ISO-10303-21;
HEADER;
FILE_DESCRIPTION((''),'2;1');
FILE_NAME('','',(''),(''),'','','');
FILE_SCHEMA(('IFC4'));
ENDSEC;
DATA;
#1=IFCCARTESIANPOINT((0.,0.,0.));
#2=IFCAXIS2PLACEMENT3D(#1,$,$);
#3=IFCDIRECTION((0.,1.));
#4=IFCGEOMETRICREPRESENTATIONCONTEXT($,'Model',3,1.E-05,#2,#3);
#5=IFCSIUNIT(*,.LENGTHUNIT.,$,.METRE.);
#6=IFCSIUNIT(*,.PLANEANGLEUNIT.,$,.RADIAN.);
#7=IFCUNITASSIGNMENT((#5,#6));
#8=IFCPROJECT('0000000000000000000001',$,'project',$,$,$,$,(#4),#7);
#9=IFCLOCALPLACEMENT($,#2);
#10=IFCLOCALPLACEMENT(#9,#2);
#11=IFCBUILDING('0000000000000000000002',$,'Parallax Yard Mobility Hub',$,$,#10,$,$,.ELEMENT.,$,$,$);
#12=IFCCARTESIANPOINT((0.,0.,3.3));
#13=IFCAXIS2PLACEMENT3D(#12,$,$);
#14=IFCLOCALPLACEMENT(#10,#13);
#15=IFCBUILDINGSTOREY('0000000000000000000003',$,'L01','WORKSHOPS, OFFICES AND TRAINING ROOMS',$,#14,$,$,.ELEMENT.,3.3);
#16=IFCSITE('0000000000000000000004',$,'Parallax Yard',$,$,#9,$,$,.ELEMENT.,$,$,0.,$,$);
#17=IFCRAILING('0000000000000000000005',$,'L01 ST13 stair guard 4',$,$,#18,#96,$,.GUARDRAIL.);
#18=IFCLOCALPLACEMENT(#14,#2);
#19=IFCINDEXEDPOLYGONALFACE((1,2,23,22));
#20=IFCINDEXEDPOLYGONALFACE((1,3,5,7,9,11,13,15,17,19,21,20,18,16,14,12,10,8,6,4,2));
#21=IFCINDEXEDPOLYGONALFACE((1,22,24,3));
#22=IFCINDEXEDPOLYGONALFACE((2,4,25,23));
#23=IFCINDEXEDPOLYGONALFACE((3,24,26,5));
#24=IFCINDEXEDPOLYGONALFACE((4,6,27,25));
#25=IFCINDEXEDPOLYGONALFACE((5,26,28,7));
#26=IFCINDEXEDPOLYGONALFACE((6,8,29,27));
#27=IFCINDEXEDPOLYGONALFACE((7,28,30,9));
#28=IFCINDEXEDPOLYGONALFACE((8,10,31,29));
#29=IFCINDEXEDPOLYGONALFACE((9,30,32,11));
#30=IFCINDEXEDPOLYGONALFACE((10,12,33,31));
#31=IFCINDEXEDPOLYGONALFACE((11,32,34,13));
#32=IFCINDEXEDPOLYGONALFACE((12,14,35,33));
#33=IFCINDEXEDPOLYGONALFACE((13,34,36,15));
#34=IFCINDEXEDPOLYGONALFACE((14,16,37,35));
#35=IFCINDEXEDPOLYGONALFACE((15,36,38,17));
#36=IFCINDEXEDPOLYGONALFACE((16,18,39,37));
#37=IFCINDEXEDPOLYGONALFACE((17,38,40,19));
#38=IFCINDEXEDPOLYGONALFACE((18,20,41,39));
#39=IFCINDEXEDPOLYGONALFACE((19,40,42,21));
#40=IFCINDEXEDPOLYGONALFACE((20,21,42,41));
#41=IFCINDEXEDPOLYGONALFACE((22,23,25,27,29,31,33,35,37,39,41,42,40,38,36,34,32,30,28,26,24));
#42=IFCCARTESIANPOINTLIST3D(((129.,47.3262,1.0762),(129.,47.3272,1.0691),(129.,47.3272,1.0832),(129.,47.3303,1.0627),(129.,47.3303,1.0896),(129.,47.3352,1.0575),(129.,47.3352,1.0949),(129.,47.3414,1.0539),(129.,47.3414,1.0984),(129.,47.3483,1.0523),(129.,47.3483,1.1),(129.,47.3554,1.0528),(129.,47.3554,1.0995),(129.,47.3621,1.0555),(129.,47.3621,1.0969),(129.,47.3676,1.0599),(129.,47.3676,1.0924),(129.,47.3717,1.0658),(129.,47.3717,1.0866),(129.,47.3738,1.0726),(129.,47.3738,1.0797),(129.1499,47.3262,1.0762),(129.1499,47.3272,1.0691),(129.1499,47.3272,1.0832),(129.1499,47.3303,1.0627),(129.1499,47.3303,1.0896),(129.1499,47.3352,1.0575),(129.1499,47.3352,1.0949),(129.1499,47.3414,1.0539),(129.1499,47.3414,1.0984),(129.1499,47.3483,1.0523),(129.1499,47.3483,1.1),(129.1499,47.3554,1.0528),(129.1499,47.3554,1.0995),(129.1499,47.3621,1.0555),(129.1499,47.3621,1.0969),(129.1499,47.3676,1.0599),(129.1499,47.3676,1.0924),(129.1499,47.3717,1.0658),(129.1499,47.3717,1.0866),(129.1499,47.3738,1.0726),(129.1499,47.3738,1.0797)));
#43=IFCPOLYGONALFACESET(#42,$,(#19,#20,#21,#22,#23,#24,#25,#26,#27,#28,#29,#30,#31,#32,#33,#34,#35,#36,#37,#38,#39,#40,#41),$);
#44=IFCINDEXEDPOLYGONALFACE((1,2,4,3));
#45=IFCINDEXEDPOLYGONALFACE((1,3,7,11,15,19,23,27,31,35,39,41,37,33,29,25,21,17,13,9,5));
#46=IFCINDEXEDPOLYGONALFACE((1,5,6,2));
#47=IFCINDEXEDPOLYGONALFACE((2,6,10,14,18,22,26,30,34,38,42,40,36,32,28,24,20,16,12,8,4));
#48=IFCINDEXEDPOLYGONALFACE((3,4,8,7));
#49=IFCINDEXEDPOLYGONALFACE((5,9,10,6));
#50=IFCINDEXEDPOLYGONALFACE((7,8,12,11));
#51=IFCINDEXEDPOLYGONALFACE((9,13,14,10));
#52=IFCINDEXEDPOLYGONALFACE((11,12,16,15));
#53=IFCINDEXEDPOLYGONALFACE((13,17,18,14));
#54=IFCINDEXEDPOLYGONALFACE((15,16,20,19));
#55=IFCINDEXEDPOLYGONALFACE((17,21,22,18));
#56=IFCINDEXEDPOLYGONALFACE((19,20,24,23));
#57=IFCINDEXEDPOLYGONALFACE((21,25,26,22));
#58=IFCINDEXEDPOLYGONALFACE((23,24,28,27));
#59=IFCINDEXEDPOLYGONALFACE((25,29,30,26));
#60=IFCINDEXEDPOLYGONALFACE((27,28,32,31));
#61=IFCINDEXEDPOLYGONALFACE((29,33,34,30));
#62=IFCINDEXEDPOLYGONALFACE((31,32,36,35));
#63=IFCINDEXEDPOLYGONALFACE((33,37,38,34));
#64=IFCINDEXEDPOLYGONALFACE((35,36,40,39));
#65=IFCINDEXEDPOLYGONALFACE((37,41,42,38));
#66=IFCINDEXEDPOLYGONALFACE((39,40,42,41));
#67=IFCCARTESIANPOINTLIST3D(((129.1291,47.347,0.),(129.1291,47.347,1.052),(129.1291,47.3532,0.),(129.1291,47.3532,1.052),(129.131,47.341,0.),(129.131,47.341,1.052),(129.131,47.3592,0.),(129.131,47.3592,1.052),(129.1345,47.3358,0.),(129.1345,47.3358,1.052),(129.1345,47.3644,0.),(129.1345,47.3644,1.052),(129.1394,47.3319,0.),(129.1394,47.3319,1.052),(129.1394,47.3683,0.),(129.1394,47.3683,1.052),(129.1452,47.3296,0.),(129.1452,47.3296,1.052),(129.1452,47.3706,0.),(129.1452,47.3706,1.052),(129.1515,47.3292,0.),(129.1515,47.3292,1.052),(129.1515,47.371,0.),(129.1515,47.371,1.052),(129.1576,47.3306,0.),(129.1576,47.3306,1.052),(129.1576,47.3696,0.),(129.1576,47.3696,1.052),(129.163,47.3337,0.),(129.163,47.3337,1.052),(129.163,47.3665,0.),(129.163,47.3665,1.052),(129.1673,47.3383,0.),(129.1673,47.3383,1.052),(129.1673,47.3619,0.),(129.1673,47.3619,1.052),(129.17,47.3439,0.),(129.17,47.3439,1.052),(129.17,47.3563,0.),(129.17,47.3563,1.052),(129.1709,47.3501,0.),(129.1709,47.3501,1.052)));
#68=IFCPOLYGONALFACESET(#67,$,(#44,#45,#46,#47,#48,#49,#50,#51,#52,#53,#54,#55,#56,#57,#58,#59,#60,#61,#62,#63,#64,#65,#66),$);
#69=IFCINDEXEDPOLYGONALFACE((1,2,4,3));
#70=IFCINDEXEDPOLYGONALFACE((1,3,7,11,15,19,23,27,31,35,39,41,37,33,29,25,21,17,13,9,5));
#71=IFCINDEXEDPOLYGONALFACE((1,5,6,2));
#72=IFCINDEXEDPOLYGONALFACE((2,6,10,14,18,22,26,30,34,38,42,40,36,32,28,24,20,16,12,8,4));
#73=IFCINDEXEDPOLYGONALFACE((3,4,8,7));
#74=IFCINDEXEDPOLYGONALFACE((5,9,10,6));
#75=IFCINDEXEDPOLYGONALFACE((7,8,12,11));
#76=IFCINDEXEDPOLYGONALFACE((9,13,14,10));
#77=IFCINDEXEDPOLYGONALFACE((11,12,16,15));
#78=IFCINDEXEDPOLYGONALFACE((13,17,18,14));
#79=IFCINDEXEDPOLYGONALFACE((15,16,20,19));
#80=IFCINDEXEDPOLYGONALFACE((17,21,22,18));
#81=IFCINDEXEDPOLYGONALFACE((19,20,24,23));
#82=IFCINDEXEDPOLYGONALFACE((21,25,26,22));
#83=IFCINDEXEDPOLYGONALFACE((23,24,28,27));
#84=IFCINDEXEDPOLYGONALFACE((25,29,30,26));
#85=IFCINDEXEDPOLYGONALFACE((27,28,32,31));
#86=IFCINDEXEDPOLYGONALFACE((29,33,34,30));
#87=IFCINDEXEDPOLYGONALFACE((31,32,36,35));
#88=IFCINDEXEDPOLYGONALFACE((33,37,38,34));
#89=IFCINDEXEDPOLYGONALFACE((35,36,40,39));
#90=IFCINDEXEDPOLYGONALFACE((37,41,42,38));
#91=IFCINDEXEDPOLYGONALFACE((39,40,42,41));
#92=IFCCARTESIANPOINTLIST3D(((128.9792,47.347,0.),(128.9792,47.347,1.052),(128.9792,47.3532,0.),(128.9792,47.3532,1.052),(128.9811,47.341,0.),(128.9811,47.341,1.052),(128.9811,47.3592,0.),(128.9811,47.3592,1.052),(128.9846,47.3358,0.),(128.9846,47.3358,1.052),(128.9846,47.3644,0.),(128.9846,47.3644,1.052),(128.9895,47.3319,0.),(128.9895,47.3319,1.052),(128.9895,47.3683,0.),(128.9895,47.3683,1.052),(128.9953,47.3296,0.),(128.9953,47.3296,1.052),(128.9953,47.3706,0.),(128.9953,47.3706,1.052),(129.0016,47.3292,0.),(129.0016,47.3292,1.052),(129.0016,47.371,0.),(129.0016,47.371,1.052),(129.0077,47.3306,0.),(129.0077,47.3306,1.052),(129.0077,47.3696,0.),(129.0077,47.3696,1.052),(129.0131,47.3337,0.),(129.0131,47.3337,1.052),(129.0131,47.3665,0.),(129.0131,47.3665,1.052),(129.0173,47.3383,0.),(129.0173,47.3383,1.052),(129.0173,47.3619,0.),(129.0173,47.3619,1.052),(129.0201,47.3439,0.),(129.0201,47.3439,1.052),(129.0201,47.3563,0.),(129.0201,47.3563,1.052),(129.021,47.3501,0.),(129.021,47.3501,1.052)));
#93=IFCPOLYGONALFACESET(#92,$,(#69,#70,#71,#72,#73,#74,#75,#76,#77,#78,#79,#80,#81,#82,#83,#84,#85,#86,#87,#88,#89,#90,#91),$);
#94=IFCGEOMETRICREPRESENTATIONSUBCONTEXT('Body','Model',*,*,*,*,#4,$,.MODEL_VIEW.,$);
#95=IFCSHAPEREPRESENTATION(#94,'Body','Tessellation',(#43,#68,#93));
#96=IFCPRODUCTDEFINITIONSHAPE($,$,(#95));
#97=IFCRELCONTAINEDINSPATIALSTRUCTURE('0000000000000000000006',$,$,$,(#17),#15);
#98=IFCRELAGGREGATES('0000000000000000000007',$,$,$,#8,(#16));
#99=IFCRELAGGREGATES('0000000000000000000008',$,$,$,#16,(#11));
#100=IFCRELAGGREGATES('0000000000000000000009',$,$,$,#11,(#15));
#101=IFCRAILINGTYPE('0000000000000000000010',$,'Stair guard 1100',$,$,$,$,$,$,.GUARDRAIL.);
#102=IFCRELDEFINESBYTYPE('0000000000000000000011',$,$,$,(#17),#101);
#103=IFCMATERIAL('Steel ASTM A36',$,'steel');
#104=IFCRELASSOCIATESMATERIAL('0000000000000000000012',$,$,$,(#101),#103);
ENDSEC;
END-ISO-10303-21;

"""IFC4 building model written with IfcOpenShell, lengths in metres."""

from ifc_helpers import new_model, si_unit, direction, frame, origin, origin_2d, place, context, subcontext, project, spatial, circle, extrude, material, type_object, element, save


model = new_model("IFC4")

# Units and contexts
model_context = context("Model", 3, precision=1e-05, world=origin(), true_north=direction((0.0, 1.0)))
body_context = subcontext(model_context, "Body", "Model", "MODEL_VIEW")
ifc_project = project(units=[si_unit("LENGTHUNIT", "METRE"), si_unit("PLANEANGLEUNIT", "RADIAN")], contexts=[model_context])

# Site, building, storey
site_placement = place(None, origin())
site = spatial("IfcSite", under=ifc_project, at=site_placement, Name="Parallax Yard", CompositionType="ELEMENT", RefElevation=0.0)
building_placement = place(site_placement, origin())
building = spatial("IfcBuilding", under=site, at=building_placement, Name="Parallax Yard Mobility Hub", CompositionType="ELEMENT")
storey_placement = place(building_placement, frame((0.0, 0.0, 3.3)))
storey = spatial("IfcBuildingStorey", under=building, at=storey_placement, Name="L01", Description="WORKSHOPS, OFFICES AND TRAINING ROOMS", CompositionType="ELEMENT", Elevation=3.3)

# Railing
ifc_material_1 = material(Name="Steel ASTM A36", Category="steel")
railing_type_1 = type_object("IfcRailingType", Name="Stair guard 1100", PredefinedType="GUARDRAIL", material=ifc_material_1)
railing_1_placement = place(storey_placement, frame((129.1499, 47.3501, 0.0)))
element("IfcRailing", 1, at=railing_1_placement, inside=storey, type_object=railing_type_1, Name="L01 ST13 stair guard 4", PredefinedType="GUARDRAIL", context=body_context, shape_type="SweptSolid", body=[
    extrude(circle(Radius=0.0239, at=origin_2d()), frame((0.0, 0.0, 1.0762), z_axis=(-1.0, 0.0, 0.0), x_axis=(0.0, -1.0, 0.0)), (0.0, 0.0, 1.0), 0.1499),
    extrude(circle(Radius=0.021, at=origin_2d()), origin(), (0.0, 0.0, 1.0), 1.052),
    extrude(circle(Radius=0.021, at=origin_2d()), frame((-0.1499, 0.0, 0.0)), (0.0, 0.0, 1.0), 1.052),
])

save(model, "model.ifc")
